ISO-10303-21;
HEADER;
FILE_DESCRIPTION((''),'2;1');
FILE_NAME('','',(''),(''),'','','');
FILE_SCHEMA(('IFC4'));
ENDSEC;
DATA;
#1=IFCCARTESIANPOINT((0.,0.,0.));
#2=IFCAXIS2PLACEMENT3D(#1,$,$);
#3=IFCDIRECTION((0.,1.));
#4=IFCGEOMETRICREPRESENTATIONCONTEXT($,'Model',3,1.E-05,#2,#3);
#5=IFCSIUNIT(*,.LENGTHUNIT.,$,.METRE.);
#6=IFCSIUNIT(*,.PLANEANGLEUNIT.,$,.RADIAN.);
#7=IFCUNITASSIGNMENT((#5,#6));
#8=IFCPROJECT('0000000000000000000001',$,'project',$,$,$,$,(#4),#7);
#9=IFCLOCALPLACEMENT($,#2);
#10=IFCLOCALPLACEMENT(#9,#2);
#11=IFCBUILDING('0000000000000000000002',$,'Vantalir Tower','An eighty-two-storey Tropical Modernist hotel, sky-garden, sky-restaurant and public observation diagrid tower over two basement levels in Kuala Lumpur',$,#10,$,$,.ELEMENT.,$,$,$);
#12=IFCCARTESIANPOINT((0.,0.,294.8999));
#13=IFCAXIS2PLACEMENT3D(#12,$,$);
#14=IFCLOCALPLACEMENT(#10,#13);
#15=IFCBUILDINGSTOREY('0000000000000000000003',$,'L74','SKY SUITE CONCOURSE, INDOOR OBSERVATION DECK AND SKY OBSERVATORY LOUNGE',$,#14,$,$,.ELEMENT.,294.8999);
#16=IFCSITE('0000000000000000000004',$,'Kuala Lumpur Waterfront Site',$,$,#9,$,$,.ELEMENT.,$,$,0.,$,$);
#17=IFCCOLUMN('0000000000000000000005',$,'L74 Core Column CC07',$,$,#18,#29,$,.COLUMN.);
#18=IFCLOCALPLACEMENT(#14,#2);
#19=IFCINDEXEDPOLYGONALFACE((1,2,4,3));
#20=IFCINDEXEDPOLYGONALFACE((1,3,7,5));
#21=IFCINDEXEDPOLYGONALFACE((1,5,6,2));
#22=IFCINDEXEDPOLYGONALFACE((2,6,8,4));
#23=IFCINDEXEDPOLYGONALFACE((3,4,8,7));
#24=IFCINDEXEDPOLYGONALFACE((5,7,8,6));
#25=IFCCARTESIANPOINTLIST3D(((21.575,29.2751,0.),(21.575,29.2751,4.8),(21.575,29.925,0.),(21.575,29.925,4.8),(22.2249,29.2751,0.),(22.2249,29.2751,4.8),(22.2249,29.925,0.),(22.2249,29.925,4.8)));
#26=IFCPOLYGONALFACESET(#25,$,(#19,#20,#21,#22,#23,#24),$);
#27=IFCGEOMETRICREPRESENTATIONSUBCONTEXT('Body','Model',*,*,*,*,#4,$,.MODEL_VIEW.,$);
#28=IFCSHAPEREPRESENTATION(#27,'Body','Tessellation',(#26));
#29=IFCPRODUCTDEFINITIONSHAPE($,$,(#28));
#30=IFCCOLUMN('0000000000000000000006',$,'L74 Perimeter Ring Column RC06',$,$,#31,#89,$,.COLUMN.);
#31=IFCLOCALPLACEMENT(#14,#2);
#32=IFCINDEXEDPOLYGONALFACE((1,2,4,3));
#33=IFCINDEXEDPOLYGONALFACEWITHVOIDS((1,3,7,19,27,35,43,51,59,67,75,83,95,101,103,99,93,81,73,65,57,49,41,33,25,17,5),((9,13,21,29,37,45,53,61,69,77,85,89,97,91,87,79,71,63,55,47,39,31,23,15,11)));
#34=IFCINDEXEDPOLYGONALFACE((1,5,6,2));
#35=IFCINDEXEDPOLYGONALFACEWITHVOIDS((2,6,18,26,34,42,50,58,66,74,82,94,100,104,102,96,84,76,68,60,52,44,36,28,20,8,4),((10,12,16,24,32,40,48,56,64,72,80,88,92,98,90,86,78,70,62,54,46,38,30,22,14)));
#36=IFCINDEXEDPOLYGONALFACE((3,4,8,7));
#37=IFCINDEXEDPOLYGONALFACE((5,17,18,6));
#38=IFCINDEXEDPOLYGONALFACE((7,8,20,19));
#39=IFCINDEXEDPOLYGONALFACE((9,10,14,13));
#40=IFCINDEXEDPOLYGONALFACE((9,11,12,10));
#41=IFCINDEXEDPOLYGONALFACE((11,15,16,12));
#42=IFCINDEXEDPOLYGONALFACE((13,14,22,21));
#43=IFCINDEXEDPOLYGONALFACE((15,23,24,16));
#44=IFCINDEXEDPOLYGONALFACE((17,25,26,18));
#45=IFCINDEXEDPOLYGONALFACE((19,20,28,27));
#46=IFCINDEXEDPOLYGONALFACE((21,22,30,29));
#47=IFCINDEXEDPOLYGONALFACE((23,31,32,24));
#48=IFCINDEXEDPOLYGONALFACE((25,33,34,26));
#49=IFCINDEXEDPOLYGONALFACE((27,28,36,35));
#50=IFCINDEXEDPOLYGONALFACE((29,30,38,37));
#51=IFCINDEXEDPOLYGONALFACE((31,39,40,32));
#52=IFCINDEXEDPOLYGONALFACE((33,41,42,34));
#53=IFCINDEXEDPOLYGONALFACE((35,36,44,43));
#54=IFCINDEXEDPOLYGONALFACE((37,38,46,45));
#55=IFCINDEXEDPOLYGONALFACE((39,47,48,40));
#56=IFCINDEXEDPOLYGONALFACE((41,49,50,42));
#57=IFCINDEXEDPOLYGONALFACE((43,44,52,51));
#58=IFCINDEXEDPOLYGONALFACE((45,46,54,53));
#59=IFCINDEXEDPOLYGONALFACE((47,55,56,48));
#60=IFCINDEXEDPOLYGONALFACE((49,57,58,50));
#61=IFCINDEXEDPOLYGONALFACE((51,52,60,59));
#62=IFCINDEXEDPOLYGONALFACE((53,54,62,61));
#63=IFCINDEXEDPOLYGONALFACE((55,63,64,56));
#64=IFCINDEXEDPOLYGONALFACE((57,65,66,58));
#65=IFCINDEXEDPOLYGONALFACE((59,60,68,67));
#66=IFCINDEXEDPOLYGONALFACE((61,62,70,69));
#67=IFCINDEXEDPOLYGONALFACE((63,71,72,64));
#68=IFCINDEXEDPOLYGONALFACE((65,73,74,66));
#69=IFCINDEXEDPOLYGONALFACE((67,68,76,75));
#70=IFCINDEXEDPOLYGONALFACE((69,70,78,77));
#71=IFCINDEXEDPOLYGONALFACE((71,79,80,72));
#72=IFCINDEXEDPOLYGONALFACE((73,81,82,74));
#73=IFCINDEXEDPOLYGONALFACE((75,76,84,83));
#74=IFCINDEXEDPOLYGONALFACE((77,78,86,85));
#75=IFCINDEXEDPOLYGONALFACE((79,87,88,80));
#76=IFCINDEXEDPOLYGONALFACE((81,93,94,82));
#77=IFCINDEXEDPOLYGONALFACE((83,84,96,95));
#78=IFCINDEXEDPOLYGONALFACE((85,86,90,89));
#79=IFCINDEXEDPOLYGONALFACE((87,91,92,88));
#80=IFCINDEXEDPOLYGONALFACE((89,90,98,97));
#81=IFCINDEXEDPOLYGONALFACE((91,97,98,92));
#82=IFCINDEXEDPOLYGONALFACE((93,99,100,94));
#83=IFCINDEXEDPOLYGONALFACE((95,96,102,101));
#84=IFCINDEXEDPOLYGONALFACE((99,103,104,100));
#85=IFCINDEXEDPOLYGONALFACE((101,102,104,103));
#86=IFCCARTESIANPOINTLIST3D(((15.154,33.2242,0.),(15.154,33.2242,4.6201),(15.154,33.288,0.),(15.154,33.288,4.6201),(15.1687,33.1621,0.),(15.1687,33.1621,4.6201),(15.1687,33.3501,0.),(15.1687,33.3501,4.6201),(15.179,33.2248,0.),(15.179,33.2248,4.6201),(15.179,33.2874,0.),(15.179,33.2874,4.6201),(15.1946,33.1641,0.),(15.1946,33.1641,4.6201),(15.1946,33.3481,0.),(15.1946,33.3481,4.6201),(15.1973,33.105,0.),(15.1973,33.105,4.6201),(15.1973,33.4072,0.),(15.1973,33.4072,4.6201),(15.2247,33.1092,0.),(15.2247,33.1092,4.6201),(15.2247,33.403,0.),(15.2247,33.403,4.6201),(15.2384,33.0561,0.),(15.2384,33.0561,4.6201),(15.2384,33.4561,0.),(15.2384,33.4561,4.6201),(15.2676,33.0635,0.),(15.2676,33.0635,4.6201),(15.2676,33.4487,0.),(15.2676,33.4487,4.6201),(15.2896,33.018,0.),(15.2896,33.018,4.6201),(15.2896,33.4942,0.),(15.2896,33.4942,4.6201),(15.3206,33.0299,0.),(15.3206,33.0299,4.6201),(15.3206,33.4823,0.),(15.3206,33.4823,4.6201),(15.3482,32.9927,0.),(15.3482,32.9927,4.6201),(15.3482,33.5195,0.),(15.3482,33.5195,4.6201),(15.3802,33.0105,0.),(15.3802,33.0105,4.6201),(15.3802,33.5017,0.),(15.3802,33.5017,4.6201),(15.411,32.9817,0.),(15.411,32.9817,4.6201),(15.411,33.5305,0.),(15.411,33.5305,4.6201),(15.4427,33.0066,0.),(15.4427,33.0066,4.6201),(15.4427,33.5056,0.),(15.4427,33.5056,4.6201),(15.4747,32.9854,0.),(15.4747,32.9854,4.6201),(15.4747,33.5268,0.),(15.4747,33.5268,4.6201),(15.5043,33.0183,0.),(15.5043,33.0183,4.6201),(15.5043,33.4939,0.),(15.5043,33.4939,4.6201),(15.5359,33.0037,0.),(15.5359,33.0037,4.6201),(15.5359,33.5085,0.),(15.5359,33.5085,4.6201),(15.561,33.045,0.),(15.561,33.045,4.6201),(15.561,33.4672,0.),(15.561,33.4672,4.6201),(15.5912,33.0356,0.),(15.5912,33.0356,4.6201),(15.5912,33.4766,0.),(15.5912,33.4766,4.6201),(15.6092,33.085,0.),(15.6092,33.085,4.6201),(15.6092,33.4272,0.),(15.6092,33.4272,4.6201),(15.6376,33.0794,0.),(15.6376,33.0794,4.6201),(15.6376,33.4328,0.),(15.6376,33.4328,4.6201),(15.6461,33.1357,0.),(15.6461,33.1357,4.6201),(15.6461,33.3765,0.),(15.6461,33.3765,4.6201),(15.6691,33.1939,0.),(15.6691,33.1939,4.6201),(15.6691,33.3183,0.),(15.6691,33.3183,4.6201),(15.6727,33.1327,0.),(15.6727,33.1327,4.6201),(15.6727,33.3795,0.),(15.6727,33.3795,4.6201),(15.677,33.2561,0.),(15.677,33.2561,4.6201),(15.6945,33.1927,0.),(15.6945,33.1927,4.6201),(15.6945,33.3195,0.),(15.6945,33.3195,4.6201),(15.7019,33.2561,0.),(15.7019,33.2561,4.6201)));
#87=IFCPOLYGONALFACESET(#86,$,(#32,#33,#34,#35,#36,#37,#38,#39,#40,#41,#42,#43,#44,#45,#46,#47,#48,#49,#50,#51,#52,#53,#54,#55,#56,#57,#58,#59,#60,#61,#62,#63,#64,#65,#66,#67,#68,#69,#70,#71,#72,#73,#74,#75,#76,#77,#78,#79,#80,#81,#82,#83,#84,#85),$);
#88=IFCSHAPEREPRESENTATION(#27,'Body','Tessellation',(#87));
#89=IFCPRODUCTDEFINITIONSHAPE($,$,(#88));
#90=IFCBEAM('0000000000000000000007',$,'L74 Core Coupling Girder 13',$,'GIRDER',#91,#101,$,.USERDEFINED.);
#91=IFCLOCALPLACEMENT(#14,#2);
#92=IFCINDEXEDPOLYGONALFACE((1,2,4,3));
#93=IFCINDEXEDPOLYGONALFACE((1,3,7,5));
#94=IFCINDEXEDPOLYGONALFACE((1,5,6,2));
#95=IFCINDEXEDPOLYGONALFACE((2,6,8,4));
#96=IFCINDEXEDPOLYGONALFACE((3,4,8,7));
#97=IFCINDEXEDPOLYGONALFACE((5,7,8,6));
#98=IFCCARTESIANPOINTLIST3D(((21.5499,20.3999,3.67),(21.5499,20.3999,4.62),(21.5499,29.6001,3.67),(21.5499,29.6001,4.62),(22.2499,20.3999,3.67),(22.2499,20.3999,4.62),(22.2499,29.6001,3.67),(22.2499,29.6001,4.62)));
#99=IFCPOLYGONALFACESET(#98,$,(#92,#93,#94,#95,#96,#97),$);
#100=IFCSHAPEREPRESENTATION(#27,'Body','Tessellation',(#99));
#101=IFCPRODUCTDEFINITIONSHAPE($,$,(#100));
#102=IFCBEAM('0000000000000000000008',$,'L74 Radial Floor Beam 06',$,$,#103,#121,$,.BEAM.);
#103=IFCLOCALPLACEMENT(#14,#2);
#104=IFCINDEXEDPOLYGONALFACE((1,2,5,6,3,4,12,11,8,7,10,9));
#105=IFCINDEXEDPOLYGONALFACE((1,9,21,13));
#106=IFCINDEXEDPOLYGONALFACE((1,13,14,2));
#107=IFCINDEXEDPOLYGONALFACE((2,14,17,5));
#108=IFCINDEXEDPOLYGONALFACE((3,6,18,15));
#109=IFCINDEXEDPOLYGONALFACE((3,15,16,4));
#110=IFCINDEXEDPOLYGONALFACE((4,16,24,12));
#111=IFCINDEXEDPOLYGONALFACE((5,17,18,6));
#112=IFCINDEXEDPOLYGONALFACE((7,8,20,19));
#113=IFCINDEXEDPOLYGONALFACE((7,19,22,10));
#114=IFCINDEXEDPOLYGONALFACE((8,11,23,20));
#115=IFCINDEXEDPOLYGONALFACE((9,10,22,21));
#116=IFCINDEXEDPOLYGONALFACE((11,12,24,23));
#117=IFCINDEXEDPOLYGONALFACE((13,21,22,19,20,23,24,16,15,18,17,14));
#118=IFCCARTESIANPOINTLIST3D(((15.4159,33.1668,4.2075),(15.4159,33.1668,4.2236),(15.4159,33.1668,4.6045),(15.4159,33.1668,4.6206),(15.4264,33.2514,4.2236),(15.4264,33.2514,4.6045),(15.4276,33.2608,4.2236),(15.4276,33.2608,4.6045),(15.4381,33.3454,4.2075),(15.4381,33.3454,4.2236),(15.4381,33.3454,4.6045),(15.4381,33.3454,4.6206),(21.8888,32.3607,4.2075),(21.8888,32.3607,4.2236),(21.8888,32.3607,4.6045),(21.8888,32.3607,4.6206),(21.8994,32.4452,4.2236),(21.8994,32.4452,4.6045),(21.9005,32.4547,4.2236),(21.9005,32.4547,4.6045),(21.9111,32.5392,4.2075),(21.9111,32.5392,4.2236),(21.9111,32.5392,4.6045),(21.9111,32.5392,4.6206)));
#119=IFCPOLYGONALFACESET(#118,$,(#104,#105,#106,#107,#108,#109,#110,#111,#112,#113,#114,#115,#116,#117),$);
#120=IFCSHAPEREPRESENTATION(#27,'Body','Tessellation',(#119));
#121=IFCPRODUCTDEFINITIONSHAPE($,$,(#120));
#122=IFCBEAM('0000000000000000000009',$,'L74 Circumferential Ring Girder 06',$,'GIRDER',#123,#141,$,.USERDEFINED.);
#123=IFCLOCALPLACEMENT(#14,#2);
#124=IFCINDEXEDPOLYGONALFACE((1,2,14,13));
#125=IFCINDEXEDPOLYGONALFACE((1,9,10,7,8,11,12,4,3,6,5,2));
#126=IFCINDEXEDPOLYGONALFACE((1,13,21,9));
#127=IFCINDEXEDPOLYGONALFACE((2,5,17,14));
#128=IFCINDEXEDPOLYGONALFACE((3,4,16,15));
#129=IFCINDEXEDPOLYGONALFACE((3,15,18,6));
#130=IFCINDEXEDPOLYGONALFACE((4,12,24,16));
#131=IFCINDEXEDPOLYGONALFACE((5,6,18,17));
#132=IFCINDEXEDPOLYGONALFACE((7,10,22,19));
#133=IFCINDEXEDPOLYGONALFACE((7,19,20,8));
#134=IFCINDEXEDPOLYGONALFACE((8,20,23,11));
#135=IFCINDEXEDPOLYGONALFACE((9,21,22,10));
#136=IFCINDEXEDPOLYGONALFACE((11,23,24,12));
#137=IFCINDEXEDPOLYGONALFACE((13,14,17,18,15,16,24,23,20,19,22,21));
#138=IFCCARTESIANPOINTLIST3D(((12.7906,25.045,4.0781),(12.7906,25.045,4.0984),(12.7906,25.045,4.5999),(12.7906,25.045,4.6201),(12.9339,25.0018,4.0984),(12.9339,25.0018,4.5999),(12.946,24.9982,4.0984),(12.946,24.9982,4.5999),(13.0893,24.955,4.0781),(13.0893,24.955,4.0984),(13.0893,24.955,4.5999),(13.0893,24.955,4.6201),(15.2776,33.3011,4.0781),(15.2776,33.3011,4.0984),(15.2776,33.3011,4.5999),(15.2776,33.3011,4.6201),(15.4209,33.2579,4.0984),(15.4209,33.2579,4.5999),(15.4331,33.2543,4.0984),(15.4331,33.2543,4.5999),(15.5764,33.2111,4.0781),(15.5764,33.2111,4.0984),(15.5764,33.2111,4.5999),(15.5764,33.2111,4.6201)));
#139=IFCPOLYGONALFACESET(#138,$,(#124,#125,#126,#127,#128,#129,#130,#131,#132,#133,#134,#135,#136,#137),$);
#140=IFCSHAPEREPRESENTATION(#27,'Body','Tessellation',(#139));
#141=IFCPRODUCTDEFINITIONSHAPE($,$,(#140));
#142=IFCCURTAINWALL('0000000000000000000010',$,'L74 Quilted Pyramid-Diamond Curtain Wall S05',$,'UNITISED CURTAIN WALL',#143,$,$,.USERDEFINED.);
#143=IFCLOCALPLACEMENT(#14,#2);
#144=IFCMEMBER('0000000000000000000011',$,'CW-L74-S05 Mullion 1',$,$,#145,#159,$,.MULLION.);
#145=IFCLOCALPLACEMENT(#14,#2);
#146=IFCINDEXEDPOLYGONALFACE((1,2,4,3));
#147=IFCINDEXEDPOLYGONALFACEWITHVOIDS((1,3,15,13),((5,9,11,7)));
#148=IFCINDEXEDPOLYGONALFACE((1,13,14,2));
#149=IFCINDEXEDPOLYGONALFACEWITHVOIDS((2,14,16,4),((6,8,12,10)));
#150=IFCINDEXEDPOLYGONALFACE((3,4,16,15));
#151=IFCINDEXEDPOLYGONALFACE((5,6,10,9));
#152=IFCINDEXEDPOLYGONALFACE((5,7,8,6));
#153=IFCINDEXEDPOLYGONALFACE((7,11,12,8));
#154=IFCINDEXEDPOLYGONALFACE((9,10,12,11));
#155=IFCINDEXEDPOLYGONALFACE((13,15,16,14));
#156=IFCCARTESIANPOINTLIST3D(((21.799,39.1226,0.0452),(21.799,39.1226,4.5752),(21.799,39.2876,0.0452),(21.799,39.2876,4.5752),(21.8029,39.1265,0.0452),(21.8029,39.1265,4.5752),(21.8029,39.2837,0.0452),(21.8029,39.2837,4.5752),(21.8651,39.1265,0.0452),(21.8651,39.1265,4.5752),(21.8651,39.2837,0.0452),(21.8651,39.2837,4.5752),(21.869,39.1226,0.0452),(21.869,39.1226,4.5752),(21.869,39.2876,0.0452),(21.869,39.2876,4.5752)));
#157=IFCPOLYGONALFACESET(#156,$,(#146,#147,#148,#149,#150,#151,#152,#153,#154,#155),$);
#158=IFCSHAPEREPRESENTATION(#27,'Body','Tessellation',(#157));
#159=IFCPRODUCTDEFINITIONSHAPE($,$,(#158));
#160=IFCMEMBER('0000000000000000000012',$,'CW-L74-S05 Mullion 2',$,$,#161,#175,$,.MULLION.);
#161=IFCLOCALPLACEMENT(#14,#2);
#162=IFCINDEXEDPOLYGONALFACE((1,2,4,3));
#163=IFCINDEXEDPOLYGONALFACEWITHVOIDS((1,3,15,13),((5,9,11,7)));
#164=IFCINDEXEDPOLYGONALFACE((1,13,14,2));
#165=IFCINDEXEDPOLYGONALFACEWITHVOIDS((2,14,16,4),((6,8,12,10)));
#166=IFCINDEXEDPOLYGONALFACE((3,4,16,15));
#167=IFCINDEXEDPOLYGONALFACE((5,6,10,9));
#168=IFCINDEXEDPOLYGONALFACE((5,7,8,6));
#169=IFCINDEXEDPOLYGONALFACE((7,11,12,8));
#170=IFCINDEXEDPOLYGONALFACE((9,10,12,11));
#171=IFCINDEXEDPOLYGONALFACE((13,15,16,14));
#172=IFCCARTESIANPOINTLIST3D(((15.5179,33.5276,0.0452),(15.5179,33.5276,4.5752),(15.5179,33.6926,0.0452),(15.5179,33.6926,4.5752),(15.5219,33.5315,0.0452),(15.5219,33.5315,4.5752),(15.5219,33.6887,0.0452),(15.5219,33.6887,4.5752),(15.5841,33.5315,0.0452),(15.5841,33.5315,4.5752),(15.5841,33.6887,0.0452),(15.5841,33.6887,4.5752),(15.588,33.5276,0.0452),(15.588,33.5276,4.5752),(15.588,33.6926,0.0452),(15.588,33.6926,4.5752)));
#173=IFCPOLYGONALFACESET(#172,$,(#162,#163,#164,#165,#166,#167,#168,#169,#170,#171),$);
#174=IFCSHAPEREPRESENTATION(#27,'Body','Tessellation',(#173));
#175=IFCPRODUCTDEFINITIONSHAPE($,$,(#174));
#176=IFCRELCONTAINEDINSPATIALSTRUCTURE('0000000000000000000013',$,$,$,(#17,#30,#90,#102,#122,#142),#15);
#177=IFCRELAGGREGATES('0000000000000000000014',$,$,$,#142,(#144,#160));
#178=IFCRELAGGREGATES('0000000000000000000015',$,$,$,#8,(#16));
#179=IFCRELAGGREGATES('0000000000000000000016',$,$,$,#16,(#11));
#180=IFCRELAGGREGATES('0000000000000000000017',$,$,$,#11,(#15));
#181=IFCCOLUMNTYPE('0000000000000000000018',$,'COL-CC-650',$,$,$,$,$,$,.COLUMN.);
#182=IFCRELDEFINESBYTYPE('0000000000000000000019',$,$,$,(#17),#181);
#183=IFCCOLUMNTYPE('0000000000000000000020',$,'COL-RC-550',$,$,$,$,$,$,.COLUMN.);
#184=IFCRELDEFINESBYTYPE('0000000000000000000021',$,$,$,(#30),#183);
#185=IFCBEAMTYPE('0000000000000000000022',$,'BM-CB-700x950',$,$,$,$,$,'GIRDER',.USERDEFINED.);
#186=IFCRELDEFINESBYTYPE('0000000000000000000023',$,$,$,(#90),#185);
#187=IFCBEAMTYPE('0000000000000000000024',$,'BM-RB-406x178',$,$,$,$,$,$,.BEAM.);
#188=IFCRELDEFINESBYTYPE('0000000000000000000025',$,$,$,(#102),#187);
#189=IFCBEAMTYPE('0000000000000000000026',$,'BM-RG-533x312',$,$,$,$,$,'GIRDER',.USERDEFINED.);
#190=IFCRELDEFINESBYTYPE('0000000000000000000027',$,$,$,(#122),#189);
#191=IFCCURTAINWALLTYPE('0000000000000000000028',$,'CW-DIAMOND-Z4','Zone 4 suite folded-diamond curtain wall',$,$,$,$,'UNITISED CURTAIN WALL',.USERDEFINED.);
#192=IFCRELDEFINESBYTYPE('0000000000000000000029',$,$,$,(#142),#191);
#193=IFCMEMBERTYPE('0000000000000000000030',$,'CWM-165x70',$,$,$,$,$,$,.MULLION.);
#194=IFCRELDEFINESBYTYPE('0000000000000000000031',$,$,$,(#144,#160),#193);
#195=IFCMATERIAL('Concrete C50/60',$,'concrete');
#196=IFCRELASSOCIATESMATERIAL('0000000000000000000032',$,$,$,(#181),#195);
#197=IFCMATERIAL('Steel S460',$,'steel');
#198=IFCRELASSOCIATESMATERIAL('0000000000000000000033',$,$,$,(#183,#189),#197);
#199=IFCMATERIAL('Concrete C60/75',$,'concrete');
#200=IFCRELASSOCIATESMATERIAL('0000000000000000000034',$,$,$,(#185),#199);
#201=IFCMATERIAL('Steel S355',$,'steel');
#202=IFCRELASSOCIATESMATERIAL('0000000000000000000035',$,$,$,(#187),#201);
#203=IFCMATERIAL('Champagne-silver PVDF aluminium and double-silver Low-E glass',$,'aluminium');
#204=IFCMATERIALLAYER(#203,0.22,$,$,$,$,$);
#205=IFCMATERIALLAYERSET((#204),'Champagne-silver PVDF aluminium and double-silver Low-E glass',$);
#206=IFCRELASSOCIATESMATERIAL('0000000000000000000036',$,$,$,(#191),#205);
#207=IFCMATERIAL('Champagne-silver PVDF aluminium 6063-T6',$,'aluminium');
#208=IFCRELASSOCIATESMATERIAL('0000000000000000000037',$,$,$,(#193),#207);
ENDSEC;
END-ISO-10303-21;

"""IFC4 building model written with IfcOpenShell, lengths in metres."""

from ifc_helpers import new_model, si_unit, direction, frame, origin, origin_2d, place, context, subcontext, project, spatial, rectangle, hollow_rectangle, hollow_circle, i_section, extrude, material, layer, layer_set, material_profile, profile_set, type_object, element, aggregate, save


model = new_model("IFC4")

# Units and contexts
model_context = context("Model", 3, precision=1e-05, world=origin(), true_north=direction((0.0, 1.0)))
body_context = subcontext(model_context, "Body", "Model", "MODEL_VIEW")
ifc_project = project(units=[si_unit("LENGTHUNIT", "METRE"), si_unit("PLANEANGLEUNIT", "RADIAN")], contexts=[model_context])

# Site, building, storey
site_placement = place(None, origin())
site = spatial("IfcSite", under=ifc_project, at=site_placement, Name="Kuala Lumpur Waterfront Site", CompositionType="ELEMENT", RefElevation=0.0)
building_placement = place(site_placement, origin())
building = spatial("IfcBuilding", under=site, at=building_placement, Name="Vantalir Tower", Description="An eighty-two-storey Tropical Modernist hotel, sky-garden, sky-restaurant and public observation diagrid tower over two basement levels in Kuala Lumpur", CompositionType="ELEMENT")
storey_placement = place(building_placement, frame((0.0, 0.0, 294.8999)))
storey = spatial("IfcBuildingStorey", under=building, at=storey_placement, Name="L74", Description="SKY SUITE CONCOURSE, INDOOR OBSERVATION DECK AND SKY OBSERVATORY LOUNGE", CompositionType="ELEMENT", Elevation=294.8999)

# Columns
ifc_material_1 = material(Name="Concrete C50/60", Category="concrete")
ifc_material_profile_1 = material_profile(ifc_material_1, rectangle(XDim=0.6499, YDim=0.6499, at=origin_2d()), Name="Concrete C50/60")
ifc_profile_set_1 = profile_set([ifc_material_profile_1], Name="Concrete C50/60")
column_type_1 = type_object("IfcColumnType", Name="COL-CC-650", PredefinedType="COLUMN", material=ifc_profile_set_1)
column_1_placement = place(storey_placement, frame((21.8999, 29.6001, 0.0), z_axis=(0.0, 0.0, 1.0), x_axis=(1.0, 0.0, 0.0)))
element("IfcColumn", 1, at=column_1_placement, inside=storey, type_object=column_type_1, Name="L74 Core Column CC07", PredefinedType="COLUMN", context=body_context, shape_type="SweptSolid", body=[
    extrude(rectangle(XDim=0.6499, YDim=0.6499, at=origin_2d()), origin(), (0.0, 0.0, 1.0), 4.8),
])
ifc_material_2 = material(Name="Steel S460", Category="steel")
ifc_material_profile_2 = material_profile(ifc_material_2, hollow_circle(Radius=0.2749, WallThickness=0.0249, at=origin_2d()), Name="Steel S460")
ifc_profile_set_2 = profile_set([ifc_material_profile_2], Name="Steel S460")
column_type_2 = type_object("IfcColumnType", Name="COL-RC-550", PredefinedType="COLUMN", material=ifc_profile_set_2)
column_2_placement = place(storey_placement, frame((15.427, 33.2561, 0.0), z_axis=(0.0, 0.0, 1.0), x_axis=(1.0, 0.0, 0.0)))
element("IfcColumn", 2, at=column_2_placement, inside=storey, type_object=column_type_2, Name="L74 Perimeter Ring Column RC06", PredefinedType="COLUMN", context=body_context, shape_type="SweptSolid", body=[
    extrude(hollow_circle(Radius=0.2749, WallThickness=0.0249, at=origin_2d()), origin(), (0.0, 0.0, 1.0), 4.6201),
])

# Beams
ifc_material_3 = material(Name="Concrete C60/75", Category="concrete")
ifc_material_profile_3 = material_profile(ifc_material_3, rectangle(XDim=0.7, YDim=0.95, at=origin_2d()), Name="Concrete C60/75")
ifc_profile_set_3 = profile_set([ifc_material_profile_3], Name="Concrete C60/75")
beam_type_1 = type_object("IfcBeamType", Name="BM-CB-700x950", ElementType="GIRDER", PredefinedType="USERDEFINED", material=ifc_profile_set_3)
beam_1_placement = place(storey_placement, frame((21.8999, 29.6001, 4.145), z_axis=(0.0, -1.0, 0.0), x_axis=(1.0, 0.0, 0.0)))
element("IfcBeam", 3, at=beam_1_placement, inside=storey, type_object=beam_type_1, Name="L74 Core Coupling Girder 13", ObjectType="GIRDER", PredefinedType="USERDEFINED", context=body_context, shape_type="SweptSolid", body=[
    extrude(rectangle(XDim=0.7, YDim=0.95, at=origin_2d()), origin(), (0.0, 0.0, 1.0), 9.2002),
])
ifc_material_4 = material(Name="Steel S355", Category="steel")
ifc_material_profile_4 = material_profile(ifc_material_4, i_section(OverallWidth=0.1799, OverallDepth=0.4131, WebThickness=0.0095, FlangeThickness=0.0161, at=origin_2d()), Name="Steel S355")
ifc_profile_set_4 = profile_set([ifc_material_profile_4], Name="Steel S355")
beam_type_2 = type_object("IfcBeamType", Name="BM-RB-406x178", PredefinedType="BEAM", material=ifc_profile_set_4)
beam_2_placement = place(storey_placement, frame((15.427, 33.2561, 4.4141), z_axis=(0.992334, -0.123588, 0.0), x_axis=(0.123588, 0.992334, 0.0)))
element("IfcBeam", 4, at=beam_2_placement, inside=storey, type_object=beam_type_2, Name="L74 Radial Floor Beam 06", PredefinedType="BEAM", context=body_context, shape_type="SweptSolid", body=[
    extrude(i_section(OverallWidth=0.1799, OverallDepth=0.4131, WebThickness=0.0095, FlangeThickness=0.0161, at=origin_2d()), origin(), (0.0, 0.0, 1.0), 6.5229),
])
ifc_material_profile_5 = material_profile(ifc_material_2, i_section(OverallWidth=0.312, OverallDepth=0.542, WebThickness=0.0127, FlangeThickness=0.0203, at=origin_2d()), Name="Steel S460")
ifc_profile_set_5 = profile_set([ifc_material_profile_5], Name="Steel S460")
beam_type_3 = type_object("IfcBeamType", Name="BM-RG-533x312", ElementType="GIRDER", PredefinedType="USERDEFINED", material=ifc_profile_set_5)
beam_3_placement = place(storey_placement, frame((15.427, 33.2561, 4.3491), z_axis=(-0.288436, -0.957499, 0.0), x_axis=(0.957499, -0.288436, 0.0)))
element("IfcBeam", 5, at=beam_3_placement, inside=storey, type_object=beam_type_3, Name="L74 Circumferential Ring Girder 06", ObjectType="GIRDER", PredefinedType="USERDEFINED", context=body_context, shape_type="SweptSolid", body=[
    extrude(i_section(OverallWidth=0.312, OverallDepth=0.542, WebThickness=0.0127, FlangeThickness=0.0203, at=origin_2d()), origin(), (0.0, 0.0, 1.0), 8.6226),
])

# Curtain wall, members
ifc_material_5 = material(Name="Champagne-silver PVDF aluminium and double-silver Low-E glass", Category="aluminium")
ifc_layer_1 = layer(ifc_material_5, 0.22)
ifc_layer_set_1 = layer_set([ifc_layer_1], Name="Champagne-silver PVDF aluminium and double-silver Low-E glass")
curtain_wall_type = type_object("IfcCurtainWallType", Name="CW-DIAMOND-Z4", Description="Zone 4 suite folded-diamond curtain wall", ElementType="UNITISED CURTAIN WALL", PredefinedType="USERDEFINED", material=ifc_layer_set_1)
curtain_wall_1_placement = place(storey_placement, origin())
curtain_wall_1 = element("IfcCurtainWall", 6, at=curtain_wall_1_placement, inside=storey, type_object=curtain_wall_type, Name="L74 Quilted Pyramid-Diamond Curtain Wall S05", ObjectType="UNITISED CURTAIN WALL", PredefinedType="USERDEFINED")
ifc_material_6 = material(Name="Champagne-silver PVDF aluminium 6063-T6", Category="aluminium")
ifc_material_profile_6 = material_profile(ifc_material_6, hollow_rectangle(XDim=0.0701, YDim=0.165, WallThickness=0.0039, at=origin_2d()), Name="Champagne-silver PVDF aluminium 6063-T6")
ifc_profile_set_6 = profile_set([ifc_material_profile_6], Name="Champagne-silver PVDF aluminium 6063-T6")
member_type_1 = type_object("IfcMemberType", Name="CWM-165x70", PredefinedType="MULLION", material=ifc_profile_set_6)
member_1_placement = place(storey_placement, frame((21.834, 39.2051, 0.0452), z_axis=(0.0, 0.0, 1.0), x_axis=(1.0, 0.0, 0.0)))
member_1 = element("IfcMember", 7, at=member_1_placement, type_object=member_type_1, Name="CW-L74-S05 Mullion 1", PredefinedType="MULLION", context=body_context, shape_type="SweptSolid", body=[
    extrude(hollow_rectangle(XDim=0.0701, YDim=0.165, WallThickness=0.0039, at=origin_2d()), origin(), (0.0, 0.0, 1.0), 4.53),
])
member_2_placement = place(storey_placement, frame((15.553, 33.6101, 0.0452), z_axis=(0.0, 0.0, 1.0), x_axis=(1.0, 0.0, 0.0)))
member_2 = element("IfcMember", 8, at=member_2_placement, type_object=member_type_1, Name="CW-L74-S05 Mullion 2", PredefinedType="MULLION", context=body_context, shape_type="SweptSolid", body=[
    extrude(hollow_rectangle(XDim=0.0701, YDim=0.165, WallThickness=0.0039, at=origin_2d()), origin(), (0.0, 0.0, 1.0), 4.53),
])

aggregate(curtain_wall_1, [member_1, member_2])

save(model, "model.ifc")
